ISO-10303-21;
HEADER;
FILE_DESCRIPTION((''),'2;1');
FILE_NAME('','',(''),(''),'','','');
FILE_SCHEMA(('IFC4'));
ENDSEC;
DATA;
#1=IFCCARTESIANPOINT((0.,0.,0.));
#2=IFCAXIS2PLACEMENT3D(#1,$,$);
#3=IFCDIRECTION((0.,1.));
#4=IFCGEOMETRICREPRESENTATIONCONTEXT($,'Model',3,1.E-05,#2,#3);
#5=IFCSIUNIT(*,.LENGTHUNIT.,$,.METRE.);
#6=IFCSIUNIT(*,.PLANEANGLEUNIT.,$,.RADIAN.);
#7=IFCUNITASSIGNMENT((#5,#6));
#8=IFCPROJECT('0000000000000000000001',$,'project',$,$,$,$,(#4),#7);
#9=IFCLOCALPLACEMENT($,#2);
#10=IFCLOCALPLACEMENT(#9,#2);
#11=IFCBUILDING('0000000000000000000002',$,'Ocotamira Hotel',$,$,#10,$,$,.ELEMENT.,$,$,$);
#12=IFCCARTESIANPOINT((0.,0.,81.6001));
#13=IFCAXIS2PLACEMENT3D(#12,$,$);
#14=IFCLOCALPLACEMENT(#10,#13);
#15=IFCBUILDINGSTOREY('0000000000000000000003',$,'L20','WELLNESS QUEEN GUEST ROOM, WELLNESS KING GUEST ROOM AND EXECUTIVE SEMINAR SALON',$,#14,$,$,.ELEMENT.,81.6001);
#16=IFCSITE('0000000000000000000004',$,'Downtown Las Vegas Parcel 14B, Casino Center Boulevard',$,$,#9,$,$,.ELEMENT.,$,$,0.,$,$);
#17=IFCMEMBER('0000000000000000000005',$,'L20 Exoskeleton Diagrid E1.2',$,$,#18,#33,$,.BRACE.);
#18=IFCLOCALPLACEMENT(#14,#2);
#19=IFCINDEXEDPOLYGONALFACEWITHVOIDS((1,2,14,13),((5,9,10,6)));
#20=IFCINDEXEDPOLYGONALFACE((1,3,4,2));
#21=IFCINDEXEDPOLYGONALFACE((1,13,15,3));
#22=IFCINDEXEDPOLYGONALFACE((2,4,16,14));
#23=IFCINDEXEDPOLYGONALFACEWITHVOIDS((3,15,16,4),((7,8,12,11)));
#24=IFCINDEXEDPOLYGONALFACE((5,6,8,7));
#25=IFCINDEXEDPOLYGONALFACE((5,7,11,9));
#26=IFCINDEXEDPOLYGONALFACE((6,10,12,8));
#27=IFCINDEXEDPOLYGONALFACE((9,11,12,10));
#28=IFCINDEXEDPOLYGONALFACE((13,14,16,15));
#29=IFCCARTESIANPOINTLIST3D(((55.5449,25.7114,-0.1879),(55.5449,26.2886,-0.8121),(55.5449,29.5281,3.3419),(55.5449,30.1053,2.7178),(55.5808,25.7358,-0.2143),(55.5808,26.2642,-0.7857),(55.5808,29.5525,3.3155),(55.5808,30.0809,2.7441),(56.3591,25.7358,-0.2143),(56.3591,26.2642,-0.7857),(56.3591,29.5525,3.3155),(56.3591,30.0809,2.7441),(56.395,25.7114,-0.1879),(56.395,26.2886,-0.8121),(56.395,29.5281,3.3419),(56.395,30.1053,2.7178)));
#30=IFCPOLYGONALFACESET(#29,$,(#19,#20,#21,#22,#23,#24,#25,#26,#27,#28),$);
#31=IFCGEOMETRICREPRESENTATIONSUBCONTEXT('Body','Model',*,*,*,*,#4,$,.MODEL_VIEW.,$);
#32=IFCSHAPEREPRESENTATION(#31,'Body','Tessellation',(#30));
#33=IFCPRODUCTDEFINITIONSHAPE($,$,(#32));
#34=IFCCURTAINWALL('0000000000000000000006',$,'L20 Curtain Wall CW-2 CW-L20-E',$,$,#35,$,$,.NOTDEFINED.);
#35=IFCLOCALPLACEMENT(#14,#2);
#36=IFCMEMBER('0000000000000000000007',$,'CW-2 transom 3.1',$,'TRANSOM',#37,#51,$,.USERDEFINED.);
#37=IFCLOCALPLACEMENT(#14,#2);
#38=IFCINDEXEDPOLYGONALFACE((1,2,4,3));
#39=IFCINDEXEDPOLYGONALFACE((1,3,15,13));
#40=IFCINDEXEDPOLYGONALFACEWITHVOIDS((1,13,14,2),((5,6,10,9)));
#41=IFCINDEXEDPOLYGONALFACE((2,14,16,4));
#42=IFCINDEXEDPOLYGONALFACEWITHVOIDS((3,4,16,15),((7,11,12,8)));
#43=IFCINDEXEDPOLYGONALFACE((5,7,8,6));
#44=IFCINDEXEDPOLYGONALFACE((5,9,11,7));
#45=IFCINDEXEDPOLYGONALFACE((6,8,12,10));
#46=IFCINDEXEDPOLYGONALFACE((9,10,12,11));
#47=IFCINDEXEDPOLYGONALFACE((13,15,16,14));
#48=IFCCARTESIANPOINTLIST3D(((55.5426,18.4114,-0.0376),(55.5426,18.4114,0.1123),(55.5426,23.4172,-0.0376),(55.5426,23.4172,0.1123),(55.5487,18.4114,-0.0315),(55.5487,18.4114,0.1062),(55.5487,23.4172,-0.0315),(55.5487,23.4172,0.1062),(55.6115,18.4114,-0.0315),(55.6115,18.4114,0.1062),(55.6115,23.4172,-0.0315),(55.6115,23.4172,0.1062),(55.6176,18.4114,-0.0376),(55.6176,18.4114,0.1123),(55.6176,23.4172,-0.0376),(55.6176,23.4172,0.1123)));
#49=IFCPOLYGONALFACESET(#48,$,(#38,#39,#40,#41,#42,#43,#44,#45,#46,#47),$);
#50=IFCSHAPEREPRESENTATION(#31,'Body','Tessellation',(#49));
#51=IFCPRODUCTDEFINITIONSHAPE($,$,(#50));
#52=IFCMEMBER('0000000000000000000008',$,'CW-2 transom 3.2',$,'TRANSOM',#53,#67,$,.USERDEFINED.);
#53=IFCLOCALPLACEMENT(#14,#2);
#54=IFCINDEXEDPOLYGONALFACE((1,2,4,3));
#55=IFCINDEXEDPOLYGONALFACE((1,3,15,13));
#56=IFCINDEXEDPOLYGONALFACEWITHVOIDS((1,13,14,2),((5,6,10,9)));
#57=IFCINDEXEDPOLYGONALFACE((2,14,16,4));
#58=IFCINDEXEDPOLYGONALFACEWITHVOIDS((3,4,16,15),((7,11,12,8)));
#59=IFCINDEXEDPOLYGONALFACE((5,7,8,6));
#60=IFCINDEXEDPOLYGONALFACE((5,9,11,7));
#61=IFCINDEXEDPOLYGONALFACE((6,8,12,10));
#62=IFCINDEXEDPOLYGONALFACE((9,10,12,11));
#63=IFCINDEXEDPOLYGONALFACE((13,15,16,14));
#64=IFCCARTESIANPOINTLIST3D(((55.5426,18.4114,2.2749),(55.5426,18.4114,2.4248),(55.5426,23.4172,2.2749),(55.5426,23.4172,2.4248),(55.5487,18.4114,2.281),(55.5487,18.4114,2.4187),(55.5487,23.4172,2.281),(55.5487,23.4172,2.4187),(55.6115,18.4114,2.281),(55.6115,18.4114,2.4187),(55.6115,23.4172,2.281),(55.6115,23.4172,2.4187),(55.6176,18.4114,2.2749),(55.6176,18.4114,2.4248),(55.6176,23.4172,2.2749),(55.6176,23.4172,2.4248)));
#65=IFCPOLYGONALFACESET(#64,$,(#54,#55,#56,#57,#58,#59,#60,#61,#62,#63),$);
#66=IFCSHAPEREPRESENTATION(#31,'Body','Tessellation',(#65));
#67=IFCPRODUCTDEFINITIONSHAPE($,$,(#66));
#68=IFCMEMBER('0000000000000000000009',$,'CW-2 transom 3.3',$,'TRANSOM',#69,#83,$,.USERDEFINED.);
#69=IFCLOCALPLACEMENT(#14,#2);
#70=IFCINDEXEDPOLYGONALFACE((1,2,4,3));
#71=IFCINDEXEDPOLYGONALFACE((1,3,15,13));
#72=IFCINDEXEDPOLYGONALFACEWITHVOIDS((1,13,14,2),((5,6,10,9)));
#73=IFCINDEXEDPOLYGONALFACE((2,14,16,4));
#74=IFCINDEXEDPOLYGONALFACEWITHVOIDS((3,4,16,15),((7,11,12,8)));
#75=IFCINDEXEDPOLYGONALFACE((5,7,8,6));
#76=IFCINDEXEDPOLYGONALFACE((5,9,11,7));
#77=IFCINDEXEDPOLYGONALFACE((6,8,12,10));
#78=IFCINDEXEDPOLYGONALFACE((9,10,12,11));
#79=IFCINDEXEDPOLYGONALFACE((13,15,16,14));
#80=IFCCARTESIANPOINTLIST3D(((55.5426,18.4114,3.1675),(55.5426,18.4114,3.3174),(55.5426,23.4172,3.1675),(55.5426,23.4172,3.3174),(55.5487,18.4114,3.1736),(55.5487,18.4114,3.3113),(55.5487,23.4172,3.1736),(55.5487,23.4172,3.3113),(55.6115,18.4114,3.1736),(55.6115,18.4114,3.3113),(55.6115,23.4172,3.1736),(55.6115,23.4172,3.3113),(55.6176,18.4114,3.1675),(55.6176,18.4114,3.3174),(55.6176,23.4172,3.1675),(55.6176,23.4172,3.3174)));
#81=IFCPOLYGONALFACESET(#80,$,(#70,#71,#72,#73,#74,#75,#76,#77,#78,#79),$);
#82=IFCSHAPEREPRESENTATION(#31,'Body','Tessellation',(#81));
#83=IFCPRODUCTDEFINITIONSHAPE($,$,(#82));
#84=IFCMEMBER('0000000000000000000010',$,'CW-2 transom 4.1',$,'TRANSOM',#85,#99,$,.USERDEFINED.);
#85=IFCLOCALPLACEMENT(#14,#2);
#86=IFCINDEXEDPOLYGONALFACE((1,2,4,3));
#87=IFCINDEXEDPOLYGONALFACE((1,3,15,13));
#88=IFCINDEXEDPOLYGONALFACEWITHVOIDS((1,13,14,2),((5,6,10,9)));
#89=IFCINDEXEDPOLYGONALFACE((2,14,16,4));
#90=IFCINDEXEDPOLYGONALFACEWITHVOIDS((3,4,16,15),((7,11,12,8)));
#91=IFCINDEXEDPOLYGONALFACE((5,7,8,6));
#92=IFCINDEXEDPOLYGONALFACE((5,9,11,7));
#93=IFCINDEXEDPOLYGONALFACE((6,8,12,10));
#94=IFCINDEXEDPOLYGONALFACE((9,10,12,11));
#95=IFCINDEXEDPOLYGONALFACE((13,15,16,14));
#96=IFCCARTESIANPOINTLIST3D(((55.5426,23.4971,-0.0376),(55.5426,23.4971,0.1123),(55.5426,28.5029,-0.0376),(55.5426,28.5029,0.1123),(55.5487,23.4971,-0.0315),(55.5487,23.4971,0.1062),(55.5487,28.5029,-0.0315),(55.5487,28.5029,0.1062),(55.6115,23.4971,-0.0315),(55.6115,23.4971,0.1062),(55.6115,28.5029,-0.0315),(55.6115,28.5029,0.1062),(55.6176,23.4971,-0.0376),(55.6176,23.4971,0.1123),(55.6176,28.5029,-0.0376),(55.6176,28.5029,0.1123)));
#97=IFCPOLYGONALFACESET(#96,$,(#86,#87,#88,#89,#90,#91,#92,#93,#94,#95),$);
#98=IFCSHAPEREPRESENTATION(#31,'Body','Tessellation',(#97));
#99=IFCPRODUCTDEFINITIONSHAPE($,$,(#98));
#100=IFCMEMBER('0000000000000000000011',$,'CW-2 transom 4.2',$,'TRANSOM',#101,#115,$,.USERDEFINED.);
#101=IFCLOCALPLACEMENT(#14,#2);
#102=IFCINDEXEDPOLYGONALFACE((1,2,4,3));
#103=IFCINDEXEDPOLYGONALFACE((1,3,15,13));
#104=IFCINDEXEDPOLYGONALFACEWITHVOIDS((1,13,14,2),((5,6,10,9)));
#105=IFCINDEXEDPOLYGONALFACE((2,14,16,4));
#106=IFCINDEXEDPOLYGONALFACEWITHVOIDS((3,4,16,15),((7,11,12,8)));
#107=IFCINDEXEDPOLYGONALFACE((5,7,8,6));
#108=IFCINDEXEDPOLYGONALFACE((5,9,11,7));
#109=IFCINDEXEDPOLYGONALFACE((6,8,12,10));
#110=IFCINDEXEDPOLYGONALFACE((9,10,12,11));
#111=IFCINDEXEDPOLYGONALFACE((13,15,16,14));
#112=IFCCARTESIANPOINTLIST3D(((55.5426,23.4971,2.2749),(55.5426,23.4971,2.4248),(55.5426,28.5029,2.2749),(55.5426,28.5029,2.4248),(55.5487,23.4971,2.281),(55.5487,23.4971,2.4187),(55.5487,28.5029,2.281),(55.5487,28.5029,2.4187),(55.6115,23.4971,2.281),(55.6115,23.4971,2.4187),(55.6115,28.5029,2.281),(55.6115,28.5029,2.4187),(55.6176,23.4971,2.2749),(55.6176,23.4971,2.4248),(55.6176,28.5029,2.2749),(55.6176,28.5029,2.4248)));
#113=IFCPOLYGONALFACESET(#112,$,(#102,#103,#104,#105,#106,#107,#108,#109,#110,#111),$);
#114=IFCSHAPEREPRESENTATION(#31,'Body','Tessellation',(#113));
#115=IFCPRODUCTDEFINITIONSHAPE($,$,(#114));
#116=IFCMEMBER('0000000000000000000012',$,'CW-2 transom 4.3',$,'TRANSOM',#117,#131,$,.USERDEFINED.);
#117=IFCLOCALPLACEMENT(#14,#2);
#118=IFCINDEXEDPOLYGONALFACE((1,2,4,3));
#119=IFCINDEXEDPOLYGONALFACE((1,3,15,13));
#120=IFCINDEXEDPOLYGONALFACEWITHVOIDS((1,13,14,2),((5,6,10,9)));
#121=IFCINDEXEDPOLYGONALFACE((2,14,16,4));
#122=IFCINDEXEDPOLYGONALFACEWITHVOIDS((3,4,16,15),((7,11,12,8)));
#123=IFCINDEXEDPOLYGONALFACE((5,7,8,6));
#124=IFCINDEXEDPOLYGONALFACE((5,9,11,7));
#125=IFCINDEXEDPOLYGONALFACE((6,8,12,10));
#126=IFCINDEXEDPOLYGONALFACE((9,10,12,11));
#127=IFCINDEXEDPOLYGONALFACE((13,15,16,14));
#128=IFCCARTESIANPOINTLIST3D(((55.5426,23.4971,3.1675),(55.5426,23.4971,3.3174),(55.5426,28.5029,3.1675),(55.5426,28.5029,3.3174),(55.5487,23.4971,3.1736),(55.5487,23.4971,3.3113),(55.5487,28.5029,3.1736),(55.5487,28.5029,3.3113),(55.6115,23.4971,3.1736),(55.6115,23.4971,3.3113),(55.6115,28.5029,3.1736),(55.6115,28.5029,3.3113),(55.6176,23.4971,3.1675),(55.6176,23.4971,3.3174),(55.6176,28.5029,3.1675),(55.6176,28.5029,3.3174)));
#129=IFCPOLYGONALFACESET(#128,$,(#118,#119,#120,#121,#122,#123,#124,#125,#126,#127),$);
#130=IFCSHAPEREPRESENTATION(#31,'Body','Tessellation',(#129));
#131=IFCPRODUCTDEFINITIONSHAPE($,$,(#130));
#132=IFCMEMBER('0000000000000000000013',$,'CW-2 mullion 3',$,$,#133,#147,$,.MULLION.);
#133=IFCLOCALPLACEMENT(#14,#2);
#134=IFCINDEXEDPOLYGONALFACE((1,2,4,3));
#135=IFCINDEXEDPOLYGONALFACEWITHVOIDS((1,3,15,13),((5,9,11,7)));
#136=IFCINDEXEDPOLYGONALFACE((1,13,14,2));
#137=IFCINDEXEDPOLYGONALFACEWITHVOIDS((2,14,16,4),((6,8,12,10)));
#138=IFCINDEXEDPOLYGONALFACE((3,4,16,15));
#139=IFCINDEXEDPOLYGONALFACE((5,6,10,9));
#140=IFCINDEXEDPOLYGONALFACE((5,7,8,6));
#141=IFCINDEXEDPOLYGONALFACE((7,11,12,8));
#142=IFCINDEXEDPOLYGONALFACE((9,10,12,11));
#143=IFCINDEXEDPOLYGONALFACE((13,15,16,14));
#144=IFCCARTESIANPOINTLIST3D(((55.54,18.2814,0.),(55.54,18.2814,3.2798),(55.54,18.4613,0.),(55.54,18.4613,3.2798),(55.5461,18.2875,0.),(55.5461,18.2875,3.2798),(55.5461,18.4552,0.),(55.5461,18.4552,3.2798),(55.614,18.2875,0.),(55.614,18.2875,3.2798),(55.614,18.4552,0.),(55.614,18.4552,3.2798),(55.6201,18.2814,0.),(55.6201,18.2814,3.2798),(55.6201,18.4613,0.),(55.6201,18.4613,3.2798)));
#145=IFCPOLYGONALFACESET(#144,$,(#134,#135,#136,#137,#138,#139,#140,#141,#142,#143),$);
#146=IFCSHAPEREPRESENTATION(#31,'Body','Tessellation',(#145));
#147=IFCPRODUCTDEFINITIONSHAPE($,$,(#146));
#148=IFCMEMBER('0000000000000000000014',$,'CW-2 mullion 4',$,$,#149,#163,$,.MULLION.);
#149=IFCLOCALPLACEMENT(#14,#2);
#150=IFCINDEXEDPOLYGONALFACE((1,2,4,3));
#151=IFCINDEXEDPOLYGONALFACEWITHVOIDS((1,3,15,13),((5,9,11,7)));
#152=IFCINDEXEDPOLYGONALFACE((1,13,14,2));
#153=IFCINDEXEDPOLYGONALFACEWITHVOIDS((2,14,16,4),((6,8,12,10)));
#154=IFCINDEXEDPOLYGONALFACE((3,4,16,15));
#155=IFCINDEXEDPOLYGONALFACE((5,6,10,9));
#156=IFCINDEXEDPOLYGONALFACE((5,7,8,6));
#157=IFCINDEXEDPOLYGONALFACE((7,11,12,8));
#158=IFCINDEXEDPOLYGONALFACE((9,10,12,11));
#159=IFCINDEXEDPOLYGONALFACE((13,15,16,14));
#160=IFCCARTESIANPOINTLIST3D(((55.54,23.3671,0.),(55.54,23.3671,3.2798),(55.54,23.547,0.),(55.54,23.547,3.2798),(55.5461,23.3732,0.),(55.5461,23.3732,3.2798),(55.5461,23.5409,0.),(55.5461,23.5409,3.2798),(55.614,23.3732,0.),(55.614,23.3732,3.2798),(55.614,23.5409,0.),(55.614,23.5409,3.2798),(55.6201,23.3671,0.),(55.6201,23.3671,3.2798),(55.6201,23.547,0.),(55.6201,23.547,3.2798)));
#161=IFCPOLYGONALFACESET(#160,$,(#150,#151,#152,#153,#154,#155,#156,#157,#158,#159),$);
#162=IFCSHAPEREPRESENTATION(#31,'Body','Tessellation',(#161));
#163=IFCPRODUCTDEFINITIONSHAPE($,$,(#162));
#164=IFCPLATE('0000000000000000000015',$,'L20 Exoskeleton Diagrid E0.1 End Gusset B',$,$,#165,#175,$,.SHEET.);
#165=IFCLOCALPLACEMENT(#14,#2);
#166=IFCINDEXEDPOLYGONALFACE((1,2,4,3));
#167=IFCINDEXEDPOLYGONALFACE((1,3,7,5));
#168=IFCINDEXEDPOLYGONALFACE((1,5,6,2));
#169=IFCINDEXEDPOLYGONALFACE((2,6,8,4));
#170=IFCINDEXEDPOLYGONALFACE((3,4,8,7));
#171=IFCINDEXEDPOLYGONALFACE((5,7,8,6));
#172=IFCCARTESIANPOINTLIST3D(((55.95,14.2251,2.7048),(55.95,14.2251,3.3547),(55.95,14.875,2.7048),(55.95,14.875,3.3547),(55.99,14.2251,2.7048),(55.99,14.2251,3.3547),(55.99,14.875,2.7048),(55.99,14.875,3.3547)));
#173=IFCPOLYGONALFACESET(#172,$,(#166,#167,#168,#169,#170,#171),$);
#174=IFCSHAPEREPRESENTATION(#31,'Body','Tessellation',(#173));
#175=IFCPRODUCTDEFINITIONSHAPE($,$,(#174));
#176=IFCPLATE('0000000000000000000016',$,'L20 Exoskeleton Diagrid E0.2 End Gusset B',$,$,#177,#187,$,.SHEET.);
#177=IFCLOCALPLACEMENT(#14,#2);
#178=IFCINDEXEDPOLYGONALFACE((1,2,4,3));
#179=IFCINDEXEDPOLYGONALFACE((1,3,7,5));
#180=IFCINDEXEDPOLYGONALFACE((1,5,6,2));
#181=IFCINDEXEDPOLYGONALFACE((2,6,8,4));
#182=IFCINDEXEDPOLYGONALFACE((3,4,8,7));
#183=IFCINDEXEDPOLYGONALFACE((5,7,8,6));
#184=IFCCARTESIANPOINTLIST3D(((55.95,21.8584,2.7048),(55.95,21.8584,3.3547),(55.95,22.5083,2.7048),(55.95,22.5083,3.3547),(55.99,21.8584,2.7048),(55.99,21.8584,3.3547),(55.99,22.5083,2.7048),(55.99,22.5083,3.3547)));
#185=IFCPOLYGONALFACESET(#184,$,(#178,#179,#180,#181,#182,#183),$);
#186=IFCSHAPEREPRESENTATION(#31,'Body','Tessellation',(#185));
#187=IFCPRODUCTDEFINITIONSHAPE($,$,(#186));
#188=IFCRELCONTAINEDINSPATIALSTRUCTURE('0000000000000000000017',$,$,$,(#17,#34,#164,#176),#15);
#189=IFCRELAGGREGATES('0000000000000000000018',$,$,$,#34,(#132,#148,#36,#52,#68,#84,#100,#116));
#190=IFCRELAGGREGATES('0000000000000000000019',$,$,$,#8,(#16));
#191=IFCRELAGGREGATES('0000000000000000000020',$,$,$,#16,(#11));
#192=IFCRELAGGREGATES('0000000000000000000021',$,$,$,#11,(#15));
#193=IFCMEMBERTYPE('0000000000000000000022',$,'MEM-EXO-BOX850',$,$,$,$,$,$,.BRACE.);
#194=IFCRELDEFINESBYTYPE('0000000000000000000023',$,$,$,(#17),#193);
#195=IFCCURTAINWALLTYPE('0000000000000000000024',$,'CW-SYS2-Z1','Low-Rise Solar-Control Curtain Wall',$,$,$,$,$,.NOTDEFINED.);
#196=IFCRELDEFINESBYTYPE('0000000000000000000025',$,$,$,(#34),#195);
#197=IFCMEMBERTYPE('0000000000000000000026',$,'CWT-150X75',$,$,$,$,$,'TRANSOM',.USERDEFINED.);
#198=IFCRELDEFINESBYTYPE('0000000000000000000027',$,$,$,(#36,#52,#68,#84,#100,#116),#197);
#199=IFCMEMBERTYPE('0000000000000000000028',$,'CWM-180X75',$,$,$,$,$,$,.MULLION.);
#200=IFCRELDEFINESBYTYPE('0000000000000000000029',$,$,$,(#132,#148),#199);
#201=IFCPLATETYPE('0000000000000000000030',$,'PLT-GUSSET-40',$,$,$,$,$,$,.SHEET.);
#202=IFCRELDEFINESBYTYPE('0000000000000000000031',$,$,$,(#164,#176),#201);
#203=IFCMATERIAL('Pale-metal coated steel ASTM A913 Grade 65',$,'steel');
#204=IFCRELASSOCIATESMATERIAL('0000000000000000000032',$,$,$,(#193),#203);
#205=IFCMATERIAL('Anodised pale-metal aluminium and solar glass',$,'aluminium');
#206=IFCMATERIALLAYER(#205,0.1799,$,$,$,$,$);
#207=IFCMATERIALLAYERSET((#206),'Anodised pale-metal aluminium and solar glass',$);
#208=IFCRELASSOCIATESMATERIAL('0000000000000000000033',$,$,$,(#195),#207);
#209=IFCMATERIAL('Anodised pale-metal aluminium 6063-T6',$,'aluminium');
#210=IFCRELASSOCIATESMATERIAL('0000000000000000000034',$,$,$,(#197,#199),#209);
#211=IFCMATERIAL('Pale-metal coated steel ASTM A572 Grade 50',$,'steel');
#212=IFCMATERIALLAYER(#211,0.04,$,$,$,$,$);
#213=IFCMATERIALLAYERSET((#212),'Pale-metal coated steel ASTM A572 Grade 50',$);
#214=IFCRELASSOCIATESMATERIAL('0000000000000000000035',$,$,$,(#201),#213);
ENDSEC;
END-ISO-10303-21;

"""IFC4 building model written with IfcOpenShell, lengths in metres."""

from ifc_helpers import new_model, si_unit, direction, frame, origin, origin_2d, place, context, subcontext, project, spatial, rectangle, hollow_rectangle, extrude, source, transform, mapped, material, layer, layer_set, material_profile, profile_set, type_object, element, aggregate, save


model = new_model("IFC4")

# Units and contexts
model_context = context("Model", 3, precision=1e-05, world=origin(), true_north=direction((0.0, 1.0)))
body_context = subcontext(model_context, "Body", "Model", "MODEL_VIEW")
ifc_project = project(units=[si_unit("LENGTHUNIT", "METRE"), si_unit("PLANEANGLEUNIT", "RADIAN")], contexts=[model_context])

# Site, building, storey
site_placement = place(None, origin())
site = spatial("IfcSite", under=ifc_project, at=site_placement, Name="Downtown Las Vegas Parcel 14B, Casino Center Boulevard", CompositionType="ELEMENT", RefElevation=0.0)
building_placement = place(site_placement, origin())
building = spatial("IfcBuilding", under=site, at=building_placement, Name="Ocotamira Hotel", CompositionType="ELEMENT")
storey_placement = place(building_placement, frame((0.0, 0.0, 81.6001)))
storey = spatial("IfcBuildingStorey", under=building, at=storey_placement, Name="L20", Description="WELLNESS QUEEN GUEST ROOM, WELLNESS KING GUEST ROOM AND EXECUTIVE SEMINAR SALON", CompositionType="ELEMENT", Elevation=81.6001)

# Member
ifc_material_1 = material(Name="Pale-metal coated steel ASTM A913 Grade 65", Category="steel")
ifc_material_profile_1 = material_profile(ifc_material_1, hollow_rectangle(XDim=0.8501, YDim=0.8501, WallThickness=0.0359, at=origin_2d()), Name="BOX850X850X36")
ifc_profile_set_1 = profile_set([ifc_material_profile_1], Name="Pale-metal coated steel ASTM A913 Grade 65")
member_type_1 = type_object("IfcMemberType", Name="MEM-EXO-BOX850", PredefinedType="BRACE", material=ifc_profile_set_1)
shared_shape_1 = source(origin(), body_context, "Body", "SweptSolid", [
    extrude(hollow_rectangle(XDim=0.8501, YDim=0.8501, WallThickness=0.0359, at=origin_2d()), origin(), (0.0, 0.0, 1.0), 5.1987),
])
for number, where, z_axis, x_axis, name in (
    (1, (55.97, 26.0, -0.5), (0.0, 0.734159, 0.678978), (-1.0, 0.0, 0.0), "L20 Exoskeleton Diagrid E1.2"),
):
    element("IfcMember", number, at=place(storey_placement, frame(where, z_axis=z_axis, x_axis=x_axis)), inside=storey, type_object=member_type_1, Name=name, PredefinedType="BRACE", context=body_context, shape_type="MappedRepresentation", body=[
        mapped(shared_shape_1, transform((0.0, 0.0, 0.0), scale=1.0)),
    ])

# Curtain wall, members
ifc_material_2 = material(Name="Anodised pale-metal aluminium and solar glass", Category="aluminium")
ifc_layer_1 = layer(ifc_material_2, 0.1799)
ifc_layer_set_1 = layer_set([ifc_layer_1], Name="Anodised pale-metal aluminium and solar glass")
curtain_wall_type = type_object("IfcCurtainWallType", Name="CW-SYS2-Z1", Description="Low-Rise Solar-Control Curtain Wall", PredefinedType="NOTDEFINED", material=ifc_layer_set_1)
curtain_wall_placement = place(storey_placement, origin())
curtain_wall = element("IfcCurtainWall", 2, at=curtain_wall_placement, inside=storey, type_object=curtain_wall_type, Name="L20 Curtain Wall CW-2 CW-L20-E", PredefinedType="NOTDEFINED")
ifc_material_3 = material(Name="Anodised pale-metal aluminium 6063-T6", Category="aluminium")
ifc_material_profile_2 = material_profile(ifc_material_3, hollow_rectangle(XDim=0.075, YDim=0.1499, WallThickness=0.0061, at=origin_2d()), Name="HSS150X75X6")
ifc_profile_set_2 = profile_set([ifc_material_profile_2], Name="Anodised pale-metal aluminium 6063-T6")
member_type_2 = type_object("IfcMemberType", Name="CWT-150X75", ElementType="TRANSOM", PredefinedType="USERDEFINED", material=ifc_profile_set_2)
shared_shape_2 = source(origin(), body_context, "Body", "SweptSolid", [
    extrude(hollow_rectangle(XDim=0.075, YDim=0.1499, WallThickness=0.0061, at=origin_2d()), origin(), (0.0, 0.0, 1.0), 5.0059),
])
member_1_placement = place(storey_placement, frame((55.5801, 18.4114, 0.0374), z_axis=(0.0, 1.0, 0.0), x_axis=(-1.0, 0.0, 0.0)))
member_1 = element("IfcMember", 3, at=member_1_placement, type_object=member_type_2, Name="CW-2 transom 3.1", ObjectType="TRANSOM", PredefinedType="USERDEFINED", context=body_context, shape_type="MappedRepresentation", body=[
    mapped(shared_shape_2, transform((0.0, 0.0, 0.0), scale=1.0)),
])
member_2_placement = place(storey_placement, frame((55.5801, 18.4114, 2.3499), z_axis=(0.0, 1.0, 0.0), x_axis=(-1.0, 0.0, 0.0)))
member_2 = element("IfcMember", 4, at=member_2_placement, type_object=member_type_2, Name="CW-2 transom 3.2", ObjectType="TRANSOM", PredefinedType="USERDEFINED", context=body_context, shape_type="MappedRepresentation", body=[
    mapped(shared_shape_2, transform((0.0, 0.0, 0.0), scale=1.0)),
])
member_3_placement = place(storey_placement, frame((55.5801, 18.4114, 3.2424), z_axis=(0.0, 1.0, 0.0), x_axis=(-1.0, 0.0, 0.0)))
member_3 = element("IfcMember", 5, at=member_3_placement, type_object=member_type_2, Name="CW-2 transom 3.3", ObjectType="TRANSOM", PredefinedType="USERDEFINED", context=body_context, shape_type="MappedRepresentation", body=[
    mapped(shared_shape_2, transform((0.0, 0.0, 0.0), scale=1.0)),
])
member_4_placement = place(storey_placement, frame((55.5801, 23.4971, 0.0374), z_axis=(0.0, 1.0, 0.0), x_axis=(-1.0, 0.0, 0.0)))
member_4 = element("IfcMember", 6, at=member_4_placement, type_object=member_type_2, Name="CW-2 transom 4.1", ObjectType="TRANSOM", PredefinedType="USERDEFINED", context=body_context, shape_type="MappedRepresentation", body=[
    mapped(shared_shape_2, transform((0.0, 0.0, 0.0), scale=1.0)),
])
member_5_placement = place(storey_placement, frame((55.5801, 23.4971, 2.3499), z_axis=(0.0, 1.0, 0.0), x_axis=(-1.0, 0.0, 0.0)))
member_5 = element("IfcMember", 7, at=member_5_placement, type_object=member_type_2, Name="CW-2 transom 4.2", ObjectType="TRANSOM", PredefinedType="USERDEFINED", context=body_context, shape_type="MappedRepresentation", body=[
    mapped(shared_shape_2, transform((0.0, 0.0, 0.0), scale=1.0)),
])
member_6_placement = place(storey_placement, frame((55.5801, 23.4971, 3.2424), z_axis=(0.0, 1.0, 0.0), x_axis=(-1.0, 0.0, 0.0)))
member_6 = element("IfcMember", 8, at=member_6_placement, type_object=member_type_2, Name="CW-2 transom 4.3", ObjectType="TRANSOM", PredefinedType="USERDEFINED", context=body_context, shape_type="MappedRepresentation", body=[
    mapped(shared_shape_2, transform((0.0, 0.0, 0.0), scale=1.0)),
])
ifc_material_profile_3 = material_profile(ifc_material_3, hollow_rectangle(XDim=0.0801, YDim=0.1799, WallThickness=0.0061, at=origin_2d()), Name="HSS180X80X6")
ifc_profile_set_3 = profile_set([ifc_material_profile_3], Name="Anodised pale-metal aluminium 6063-T6")
member_type_3 = type_object("IfcMemberType", Name="CWM-180X75", PredefinedType="MULLION", material=ifc_profile_set_3)
shared_shape_3 = source(origin(), body_context, "Body", "SweptSolid", [
    extrude(hollow_rectangle(XDim=0.0801, YDim=0.1799, WallThickness=0.0061, at=origin_2d()), origin(), (0.0, 0.0, 1.0), 3.2798),
])
member_7_placement = place(storey_placement, frame((55.5801, 18.3713, 0.0), z_axis=(0.0, 0.0, 1.0), x_axis=(-1.0, 0.0, 0.0)))
member_7 = element("IfcMember", 9, at=member_7_placement, type_object=member_type_3, Name="CW-2 mullion 3", PredefinedType="MULLION", context=body_context, shape_type="MappedRepresentation", body=[
    mapped(shared_shape_3, transform((0.0, 0.0, 0.0), scale=1.0)),
])
member_8_placement = place(storey_placement, frame((55.5801, 23.457, 0.0), z_axis=(0.0, 0.0, 1.0), x_axis=(-1.0, 0.0, 0.0)))
member_8 = element("IfcMember", 10, at=member_8_placement, type_object=member_type_3, Name="CW-2 mullion 4", PredefinedType="MULLION", context=body_context, shape_type="MappedRepresentation", body=[
    mapped(shared_shape_3, transform((0.0, 0.0, 0.0), scale=1.0)),
])

# Plates
ifc_material_4 = material(Name="Pale-metal coated steel ASTM A572 Grade 50", Category="steel")
ifc_layer_2 = layer(ifc_material_4, 0.04)
ifc_layer_set_2 = layer_set([ifc_layer_2], Name="Pale-metal coated steel ASTM A572 Grade 50")
plate_type_1 = type_object("IfcPlateType", Name="PLT-GUSSET-40", PredefinedType="SHEET", material=ifc_layer_set_2)
shared_shape_4 = source(origin(), body_context, "Body", "SweptSolid", [
    extrude(rectangle(XDim=0.04, YDim=0.6499, at=origin_2d()), origin(), (0.0, 0.0, 1.0), 0.6499),
])
for number, where, z_axis, x_axis, name in (
    (11, (55.97, 14.55, 2.7048), (0.0, 0.0, 1.0), (1.0, 0.0, 0.0), "L20 Exoskeleton Diagrid E0.1 End Gusset B"),
    (12, (55.97, 22.1833, 2.7048), (0.0, 0.0, 1.0), (1.0, 0.0, 0.0), "L20 Exoskeleton Diagrid E0.2 End Gusset B"),
):
    element("IfcPlate", number, at=place(storey_placement, frame(where, z_axis=z_axis, x_axis=x_axis)), inside=storey, type_object=plate_type_1, Name=name, PredefinedType="SHEET", context=body_context, shape_type="MappedRepresentation", body=[
        mapped(shared_shape_4, transform((0.0, 0.0, 0.0), scale=1.0)),
    ])

aggregate(curtain_wall, [member_7, member_8, member_1, member_2, member_3, member_4, member_5, member_6])

save(model, "model.ifc")
